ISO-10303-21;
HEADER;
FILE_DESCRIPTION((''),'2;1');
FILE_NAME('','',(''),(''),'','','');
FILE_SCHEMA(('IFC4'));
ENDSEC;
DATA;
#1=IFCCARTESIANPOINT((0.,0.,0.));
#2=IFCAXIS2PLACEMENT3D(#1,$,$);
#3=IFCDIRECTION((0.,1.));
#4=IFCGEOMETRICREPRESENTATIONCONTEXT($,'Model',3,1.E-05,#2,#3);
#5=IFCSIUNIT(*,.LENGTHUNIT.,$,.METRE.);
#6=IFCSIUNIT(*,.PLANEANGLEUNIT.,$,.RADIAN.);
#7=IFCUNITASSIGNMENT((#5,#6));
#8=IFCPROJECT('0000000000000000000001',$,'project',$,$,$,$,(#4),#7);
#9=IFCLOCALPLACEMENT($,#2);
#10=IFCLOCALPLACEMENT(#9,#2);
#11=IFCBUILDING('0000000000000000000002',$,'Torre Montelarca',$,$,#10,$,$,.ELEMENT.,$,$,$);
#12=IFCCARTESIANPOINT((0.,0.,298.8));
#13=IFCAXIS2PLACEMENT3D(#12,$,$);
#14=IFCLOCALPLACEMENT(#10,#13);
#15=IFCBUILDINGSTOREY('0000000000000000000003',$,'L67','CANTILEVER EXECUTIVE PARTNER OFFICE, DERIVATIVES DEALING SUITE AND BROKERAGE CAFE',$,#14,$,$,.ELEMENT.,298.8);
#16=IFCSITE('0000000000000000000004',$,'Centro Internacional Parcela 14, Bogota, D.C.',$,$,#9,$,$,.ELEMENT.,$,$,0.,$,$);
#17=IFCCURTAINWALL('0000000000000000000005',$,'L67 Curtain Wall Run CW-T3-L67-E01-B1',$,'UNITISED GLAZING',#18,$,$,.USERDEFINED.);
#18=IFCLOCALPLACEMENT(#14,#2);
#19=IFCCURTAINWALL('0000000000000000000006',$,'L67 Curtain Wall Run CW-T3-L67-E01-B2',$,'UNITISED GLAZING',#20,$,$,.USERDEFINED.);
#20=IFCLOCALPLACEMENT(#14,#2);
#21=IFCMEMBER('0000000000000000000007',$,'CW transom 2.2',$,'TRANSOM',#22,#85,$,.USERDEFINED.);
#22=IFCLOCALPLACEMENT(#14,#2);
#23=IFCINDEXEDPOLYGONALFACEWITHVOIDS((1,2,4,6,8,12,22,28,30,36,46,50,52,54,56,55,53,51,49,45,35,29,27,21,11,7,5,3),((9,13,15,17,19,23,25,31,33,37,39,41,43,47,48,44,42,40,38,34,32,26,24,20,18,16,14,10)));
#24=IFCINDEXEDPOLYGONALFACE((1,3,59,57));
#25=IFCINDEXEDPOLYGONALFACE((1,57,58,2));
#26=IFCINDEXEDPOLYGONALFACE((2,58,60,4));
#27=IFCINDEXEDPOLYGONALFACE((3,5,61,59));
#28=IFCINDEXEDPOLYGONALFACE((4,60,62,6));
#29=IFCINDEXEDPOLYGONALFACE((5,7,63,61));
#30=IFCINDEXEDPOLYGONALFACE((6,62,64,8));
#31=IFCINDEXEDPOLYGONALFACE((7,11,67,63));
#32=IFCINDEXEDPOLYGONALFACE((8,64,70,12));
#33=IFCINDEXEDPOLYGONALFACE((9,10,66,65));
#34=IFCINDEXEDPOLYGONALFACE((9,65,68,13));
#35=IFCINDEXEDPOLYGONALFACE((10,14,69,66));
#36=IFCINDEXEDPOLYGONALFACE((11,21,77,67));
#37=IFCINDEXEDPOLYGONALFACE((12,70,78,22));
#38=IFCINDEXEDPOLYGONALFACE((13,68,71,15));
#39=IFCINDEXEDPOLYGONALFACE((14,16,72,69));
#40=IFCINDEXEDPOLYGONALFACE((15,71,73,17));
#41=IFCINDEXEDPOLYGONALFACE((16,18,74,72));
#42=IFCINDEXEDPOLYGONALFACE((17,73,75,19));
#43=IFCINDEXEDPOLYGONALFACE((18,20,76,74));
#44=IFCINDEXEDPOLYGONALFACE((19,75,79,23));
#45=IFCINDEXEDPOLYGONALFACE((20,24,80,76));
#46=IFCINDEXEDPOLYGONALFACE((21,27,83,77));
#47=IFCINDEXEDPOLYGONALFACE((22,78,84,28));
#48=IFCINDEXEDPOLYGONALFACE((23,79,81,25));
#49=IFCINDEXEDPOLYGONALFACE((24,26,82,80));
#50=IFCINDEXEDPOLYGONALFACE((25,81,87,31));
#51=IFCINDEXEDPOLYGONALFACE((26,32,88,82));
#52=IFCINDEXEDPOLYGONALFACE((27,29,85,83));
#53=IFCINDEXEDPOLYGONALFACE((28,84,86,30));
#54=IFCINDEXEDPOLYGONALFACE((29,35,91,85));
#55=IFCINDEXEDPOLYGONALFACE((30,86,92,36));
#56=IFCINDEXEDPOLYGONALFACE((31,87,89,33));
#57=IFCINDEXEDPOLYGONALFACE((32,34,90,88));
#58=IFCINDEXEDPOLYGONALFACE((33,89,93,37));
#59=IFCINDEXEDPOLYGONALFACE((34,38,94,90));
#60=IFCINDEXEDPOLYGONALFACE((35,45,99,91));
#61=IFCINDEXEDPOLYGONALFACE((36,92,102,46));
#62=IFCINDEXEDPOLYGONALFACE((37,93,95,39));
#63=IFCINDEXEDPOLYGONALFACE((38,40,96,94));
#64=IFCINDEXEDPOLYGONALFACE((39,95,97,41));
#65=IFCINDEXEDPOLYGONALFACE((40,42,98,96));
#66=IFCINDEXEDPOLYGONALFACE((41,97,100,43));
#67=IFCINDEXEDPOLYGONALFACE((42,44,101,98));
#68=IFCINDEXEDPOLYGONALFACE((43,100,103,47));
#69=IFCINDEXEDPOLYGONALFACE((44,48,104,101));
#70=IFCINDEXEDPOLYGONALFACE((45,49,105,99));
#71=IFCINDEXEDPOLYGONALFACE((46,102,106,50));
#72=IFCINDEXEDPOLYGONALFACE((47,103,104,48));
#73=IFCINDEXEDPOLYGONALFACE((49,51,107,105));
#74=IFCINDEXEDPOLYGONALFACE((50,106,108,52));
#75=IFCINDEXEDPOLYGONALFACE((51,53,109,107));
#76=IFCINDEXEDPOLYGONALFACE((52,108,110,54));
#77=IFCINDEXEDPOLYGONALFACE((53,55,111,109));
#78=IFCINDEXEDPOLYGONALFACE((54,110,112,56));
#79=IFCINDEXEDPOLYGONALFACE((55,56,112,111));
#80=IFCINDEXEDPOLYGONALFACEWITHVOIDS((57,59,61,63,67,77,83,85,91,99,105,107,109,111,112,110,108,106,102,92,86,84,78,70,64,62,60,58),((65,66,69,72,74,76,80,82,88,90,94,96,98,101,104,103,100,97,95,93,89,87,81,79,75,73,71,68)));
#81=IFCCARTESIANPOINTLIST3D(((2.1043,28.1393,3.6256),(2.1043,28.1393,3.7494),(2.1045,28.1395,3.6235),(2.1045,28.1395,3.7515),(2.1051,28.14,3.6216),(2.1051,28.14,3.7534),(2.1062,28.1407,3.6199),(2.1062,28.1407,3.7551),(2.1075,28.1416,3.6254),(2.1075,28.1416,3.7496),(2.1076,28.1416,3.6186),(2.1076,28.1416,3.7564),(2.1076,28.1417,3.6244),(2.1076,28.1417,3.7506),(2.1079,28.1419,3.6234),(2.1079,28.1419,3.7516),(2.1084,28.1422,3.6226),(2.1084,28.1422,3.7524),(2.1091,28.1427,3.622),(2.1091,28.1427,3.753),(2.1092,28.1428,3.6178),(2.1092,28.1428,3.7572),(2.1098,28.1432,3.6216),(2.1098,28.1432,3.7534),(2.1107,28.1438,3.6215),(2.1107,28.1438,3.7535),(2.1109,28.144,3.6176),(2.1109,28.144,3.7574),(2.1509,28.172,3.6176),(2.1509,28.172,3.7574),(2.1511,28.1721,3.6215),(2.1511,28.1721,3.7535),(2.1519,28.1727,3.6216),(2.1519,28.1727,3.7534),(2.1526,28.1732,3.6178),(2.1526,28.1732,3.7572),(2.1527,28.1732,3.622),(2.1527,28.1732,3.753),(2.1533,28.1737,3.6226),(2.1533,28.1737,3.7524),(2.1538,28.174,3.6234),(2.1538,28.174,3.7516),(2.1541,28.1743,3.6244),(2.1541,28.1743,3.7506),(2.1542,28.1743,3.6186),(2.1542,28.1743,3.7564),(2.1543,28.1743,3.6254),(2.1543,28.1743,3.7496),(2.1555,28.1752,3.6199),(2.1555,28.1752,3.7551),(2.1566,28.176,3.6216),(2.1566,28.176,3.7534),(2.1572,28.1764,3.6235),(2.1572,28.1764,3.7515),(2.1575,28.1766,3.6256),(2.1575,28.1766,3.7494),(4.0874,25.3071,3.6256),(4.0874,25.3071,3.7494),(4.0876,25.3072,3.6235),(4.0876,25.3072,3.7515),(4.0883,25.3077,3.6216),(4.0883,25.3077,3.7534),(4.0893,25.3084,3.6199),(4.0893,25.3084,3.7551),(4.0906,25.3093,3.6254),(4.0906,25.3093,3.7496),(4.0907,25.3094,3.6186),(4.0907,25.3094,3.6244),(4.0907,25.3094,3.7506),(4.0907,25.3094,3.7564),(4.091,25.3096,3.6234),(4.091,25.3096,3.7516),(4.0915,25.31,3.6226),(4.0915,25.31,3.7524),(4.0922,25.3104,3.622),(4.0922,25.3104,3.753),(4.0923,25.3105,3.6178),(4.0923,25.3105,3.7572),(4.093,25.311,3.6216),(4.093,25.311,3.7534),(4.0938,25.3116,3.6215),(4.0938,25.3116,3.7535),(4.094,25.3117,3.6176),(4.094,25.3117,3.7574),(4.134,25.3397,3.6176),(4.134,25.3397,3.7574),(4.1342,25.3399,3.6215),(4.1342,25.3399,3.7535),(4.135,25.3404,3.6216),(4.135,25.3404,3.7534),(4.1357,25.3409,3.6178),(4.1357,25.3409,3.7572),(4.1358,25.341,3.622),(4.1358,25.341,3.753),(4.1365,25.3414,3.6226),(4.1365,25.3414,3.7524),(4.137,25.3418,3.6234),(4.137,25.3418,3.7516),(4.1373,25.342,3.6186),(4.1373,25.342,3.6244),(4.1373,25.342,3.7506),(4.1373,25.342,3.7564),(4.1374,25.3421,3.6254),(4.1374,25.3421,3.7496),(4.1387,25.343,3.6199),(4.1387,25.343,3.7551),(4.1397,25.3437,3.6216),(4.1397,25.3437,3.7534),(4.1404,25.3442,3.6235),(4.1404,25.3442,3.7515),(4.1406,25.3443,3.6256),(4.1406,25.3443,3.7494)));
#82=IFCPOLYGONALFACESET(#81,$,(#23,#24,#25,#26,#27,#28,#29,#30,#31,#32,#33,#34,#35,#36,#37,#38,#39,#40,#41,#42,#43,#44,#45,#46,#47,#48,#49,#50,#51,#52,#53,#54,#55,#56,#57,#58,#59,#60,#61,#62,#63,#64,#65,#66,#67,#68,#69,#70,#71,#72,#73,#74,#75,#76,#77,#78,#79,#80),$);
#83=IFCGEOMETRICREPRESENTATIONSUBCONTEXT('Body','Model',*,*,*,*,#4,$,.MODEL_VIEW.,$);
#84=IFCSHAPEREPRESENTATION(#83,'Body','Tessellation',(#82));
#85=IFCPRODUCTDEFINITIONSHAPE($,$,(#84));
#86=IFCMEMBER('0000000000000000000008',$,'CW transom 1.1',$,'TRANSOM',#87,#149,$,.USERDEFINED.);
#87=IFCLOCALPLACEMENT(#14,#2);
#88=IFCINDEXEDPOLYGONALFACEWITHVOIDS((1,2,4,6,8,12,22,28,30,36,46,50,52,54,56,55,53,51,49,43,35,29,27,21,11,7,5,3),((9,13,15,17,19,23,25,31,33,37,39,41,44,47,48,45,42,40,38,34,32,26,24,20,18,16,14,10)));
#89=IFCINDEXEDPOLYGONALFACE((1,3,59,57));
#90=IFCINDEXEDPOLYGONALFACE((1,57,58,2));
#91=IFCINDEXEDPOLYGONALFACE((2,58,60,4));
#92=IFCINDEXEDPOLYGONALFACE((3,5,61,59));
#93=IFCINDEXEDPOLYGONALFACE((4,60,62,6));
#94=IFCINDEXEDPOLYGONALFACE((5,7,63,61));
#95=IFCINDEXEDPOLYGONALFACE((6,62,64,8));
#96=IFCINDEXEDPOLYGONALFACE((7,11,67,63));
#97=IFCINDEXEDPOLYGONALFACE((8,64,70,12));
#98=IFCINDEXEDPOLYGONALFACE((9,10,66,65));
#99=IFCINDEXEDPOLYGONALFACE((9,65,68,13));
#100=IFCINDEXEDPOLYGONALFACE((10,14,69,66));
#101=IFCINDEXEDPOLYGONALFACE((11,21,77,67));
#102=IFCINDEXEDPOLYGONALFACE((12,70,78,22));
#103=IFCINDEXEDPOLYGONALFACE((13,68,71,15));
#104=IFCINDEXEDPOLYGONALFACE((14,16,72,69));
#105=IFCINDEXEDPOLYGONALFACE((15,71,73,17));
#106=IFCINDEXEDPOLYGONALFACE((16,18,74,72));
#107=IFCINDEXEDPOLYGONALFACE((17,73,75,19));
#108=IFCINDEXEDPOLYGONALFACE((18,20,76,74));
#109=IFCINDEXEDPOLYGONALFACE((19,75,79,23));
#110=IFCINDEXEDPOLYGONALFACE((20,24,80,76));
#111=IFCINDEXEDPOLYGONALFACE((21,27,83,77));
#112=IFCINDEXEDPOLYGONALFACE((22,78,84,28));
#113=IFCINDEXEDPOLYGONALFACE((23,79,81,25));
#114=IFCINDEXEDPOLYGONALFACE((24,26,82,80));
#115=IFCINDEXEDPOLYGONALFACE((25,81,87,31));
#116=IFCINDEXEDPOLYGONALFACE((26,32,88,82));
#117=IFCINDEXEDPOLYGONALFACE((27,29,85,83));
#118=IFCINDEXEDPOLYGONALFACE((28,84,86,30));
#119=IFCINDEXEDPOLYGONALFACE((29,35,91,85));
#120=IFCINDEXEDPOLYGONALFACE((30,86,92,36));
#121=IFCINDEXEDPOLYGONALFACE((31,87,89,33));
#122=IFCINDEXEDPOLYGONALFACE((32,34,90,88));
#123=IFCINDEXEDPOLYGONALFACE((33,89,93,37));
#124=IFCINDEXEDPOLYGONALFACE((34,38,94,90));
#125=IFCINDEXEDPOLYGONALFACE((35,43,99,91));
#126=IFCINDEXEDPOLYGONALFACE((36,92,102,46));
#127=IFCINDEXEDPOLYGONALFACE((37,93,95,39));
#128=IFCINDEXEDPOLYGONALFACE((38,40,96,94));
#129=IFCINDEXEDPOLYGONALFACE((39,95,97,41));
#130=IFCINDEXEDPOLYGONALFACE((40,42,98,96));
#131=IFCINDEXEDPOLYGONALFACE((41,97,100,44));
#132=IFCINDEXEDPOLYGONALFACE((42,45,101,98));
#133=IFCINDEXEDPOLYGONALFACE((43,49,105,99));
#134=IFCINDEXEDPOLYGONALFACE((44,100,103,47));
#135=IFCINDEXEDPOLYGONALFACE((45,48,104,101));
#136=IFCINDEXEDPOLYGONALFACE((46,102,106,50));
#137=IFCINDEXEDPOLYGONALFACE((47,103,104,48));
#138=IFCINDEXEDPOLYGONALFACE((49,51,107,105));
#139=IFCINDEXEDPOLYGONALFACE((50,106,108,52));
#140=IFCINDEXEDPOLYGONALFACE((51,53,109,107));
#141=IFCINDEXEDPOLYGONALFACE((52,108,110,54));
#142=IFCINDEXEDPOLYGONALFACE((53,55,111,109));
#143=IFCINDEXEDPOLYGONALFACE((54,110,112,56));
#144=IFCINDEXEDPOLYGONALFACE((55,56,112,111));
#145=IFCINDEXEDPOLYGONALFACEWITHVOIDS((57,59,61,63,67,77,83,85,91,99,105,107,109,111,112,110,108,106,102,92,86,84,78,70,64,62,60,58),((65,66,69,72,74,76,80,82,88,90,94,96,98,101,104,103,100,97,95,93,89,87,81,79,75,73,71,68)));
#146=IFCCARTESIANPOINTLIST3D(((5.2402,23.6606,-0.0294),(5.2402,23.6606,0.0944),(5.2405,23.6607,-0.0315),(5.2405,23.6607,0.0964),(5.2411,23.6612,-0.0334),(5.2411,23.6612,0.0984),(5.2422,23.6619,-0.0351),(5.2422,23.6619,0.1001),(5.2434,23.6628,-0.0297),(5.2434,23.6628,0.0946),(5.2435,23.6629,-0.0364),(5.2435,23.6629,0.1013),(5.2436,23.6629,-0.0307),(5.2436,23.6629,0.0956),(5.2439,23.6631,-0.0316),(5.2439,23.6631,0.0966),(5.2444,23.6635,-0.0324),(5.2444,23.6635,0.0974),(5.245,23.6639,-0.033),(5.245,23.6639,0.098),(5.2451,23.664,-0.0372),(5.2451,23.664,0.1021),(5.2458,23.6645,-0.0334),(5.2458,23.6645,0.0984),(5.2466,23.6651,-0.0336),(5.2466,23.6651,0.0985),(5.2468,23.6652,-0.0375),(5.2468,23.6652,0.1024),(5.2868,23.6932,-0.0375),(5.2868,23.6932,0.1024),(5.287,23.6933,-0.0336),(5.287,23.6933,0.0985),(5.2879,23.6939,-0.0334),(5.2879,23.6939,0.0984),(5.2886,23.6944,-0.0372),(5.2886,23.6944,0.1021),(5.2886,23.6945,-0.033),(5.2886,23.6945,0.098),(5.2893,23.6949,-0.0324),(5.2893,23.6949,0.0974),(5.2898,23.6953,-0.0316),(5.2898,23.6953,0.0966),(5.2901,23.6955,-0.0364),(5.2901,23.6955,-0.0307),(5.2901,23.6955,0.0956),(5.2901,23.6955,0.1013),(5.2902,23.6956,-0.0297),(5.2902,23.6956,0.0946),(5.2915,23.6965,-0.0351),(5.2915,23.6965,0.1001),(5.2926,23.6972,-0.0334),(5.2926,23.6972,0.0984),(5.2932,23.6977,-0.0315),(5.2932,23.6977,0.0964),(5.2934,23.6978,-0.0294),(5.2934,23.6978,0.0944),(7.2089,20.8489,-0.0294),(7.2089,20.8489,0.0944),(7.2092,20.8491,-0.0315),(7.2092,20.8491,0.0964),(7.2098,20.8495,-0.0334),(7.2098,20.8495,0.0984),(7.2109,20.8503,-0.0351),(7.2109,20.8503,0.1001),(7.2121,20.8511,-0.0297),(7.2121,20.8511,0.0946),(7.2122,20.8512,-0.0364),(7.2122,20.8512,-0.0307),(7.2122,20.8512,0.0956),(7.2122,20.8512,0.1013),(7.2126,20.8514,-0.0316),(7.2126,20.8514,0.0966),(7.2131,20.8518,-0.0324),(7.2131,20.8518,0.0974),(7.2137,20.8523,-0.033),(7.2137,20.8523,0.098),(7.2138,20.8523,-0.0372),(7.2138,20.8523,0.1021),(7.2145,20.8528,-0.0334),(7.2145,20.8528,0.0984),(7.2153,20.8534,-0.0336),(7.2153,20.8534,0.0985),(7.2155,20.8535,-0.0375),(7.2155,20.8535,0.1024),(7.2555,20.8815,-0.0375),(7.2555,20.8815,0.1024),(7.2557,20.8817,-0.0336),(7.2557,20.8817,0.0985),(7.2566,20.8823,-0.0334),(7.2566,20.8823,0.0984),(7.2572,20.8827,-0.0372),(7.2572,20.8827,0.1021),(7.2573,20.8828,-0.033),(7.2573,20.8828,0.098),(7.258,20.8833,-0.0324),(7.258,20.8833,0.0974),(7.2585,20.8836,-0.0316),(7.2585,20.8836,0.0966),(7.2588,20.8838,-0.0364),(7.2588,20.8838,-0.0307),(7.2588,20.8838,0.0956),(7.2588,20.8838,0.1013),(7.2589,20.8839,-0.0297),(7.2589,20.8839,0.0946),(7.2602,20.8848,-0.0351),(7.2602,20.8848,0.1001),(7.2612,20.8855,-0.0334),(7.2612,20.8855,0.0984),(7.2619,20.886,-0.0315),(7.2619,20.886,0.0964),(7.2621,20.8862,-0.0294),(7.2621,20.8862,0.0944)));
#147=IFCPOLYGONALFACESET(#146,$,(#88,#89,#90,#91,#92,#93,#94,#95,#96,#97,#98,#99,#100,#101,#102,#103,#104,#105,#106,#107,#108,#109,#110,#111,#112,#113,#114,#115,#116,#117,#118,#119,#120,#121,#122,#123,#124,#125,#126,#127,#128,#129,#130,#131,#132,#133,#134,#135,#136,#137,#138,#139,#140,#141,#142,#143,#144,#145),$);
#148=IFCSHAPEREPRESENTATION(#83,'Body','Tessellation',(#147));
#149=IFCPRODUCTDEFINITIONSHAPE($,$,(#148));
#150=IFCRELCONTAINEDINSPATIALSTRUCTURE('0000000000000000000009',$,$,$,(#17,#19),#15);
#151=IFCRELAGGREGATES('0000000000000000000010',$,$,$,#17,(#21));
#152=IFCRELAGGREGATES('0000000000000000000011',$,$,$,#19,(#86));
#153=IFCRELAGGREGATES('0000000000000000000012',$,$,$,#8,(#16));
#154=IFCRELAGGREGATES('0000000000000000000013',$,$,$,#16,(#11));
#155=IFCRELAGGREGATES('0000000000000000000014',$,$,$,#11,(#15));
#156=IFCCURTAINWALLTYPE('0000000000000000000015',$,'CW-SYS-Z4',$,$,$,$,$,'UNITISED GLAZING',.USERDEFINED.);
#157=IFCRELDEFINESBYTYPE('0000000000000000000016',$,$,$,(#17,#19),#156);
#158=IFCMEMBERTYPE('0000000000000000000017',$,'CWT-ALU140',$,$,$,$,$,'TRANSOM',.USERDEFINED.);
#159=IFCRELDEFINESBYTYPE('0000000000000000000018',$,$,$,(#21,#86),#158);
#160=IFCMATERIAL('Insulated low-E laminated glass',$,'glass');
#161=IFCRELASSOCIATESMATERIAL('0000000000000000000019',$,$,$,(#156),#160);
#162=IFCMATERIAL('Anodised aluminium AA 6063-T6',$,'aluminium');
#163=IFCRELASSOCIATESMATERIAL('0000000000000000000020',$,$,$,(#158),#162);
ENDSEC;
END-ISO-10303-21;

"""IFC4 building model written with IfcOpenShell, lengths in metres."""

from ifc_helpers import new_model, si_unit, direction, frame, origin, origin_2d, place, context, subcontext, project, spatial, hollow_rectangle, extrude, source, transform, mapped, material, material_profile, profile_set, type_object, element, aggregate, save


model = new_model("IFC4")

# Units and contexts
model_context = context("Model", 3, precision=1e-05, world=origin(), true_north=direction((0.0, 1.0)))
body_context = subcontext(model_context, "Body", "Model", "MODEL_VIEW")
ifc_project = project(units=[si_unit("LENGTHUNIT", "METRE"), si_unit("PLANEANGLEUNIT", "RADIAN")], contexts=[model_context])

# Site, building, storey
site_placement = place(None, origin())
site = spatial("IfcSite", under=ifc_project, at=site_placement, Name="Centro Internacional Parcela 14, Bogota, D.C.", CompositionType="ELEMENT", RefElevation=0.0)
building_placement = place(site_placement, origin())
building = spatial("IfcBuilding", under=site, at=building_placement, Name="Torre Montelarca", CompositionType="ELEMENT")
storey_placement = place(building_placement, frame((0.0, 0.0, 298.8)))
storey = spatial("IfcBuildingStorey", under=building, at=storey_placement, Name="L67", Description="CANTILEVER EXECUTIVE PARTNER OFFICE, DERIVATIVES DEALING SUITE AND BROKERAGE CAFE", CompositionType="ELEMENT", Elevation=298.8)

# Curtain wall
ifc_material_1 = material(Name="Insulated low-E laminated glass", Category="glass")
curtain_wall_type = type_object("IfcCurtainWallType", Name="CW-SYS-Z4", ElementType="UNITISED GLAZING", PredefinedType="USERDEFINED", material=ifc_material_1)
curtain_wall_1_placement = place(storey_placement, origin())
curtain_wall_1 = element("IfcCurtainWall", 1, at=curtain_wall_1_placement, inside=storey, type_object=curtain_wall_type, Name="L67 Curtain Wall Run CW-T3-L67-E01-B1", ObjectType="UNITISED GLAZING", PredefinedType="USERDEFINED")
ifc_material_2 = material(Name="Anodised aluminium AA 6063-T6", Category="aluminium")

# Curtain wall
curtain_wall_2_placement = place(storey_placement, origin())
curtain_wall_2 = element("IfcCurtainWall", 2, at=curtain_wall_2_placement, inside=storey, type_object=curtain_wall_type, Name="L67 Curtain Wall Run CW-T3-L67-E01-B2", ObjectType="UNITISED GLAZING", PredefinedType="USERDEFINED")

# Members
ifc_material_profile_1 = material_profile(ifc_material_2, hollow_rectangle(XDim=0.0649, YDim=0.1399, WallThickness=0.0039, InnerFilletRadius=0.0039, OuterFilletRadius=0.0081, at=origin_2d()), Name="ALU65X140X4", Category="aluminium")
ifc_profile_set_1 = profile_set([ifc_material_profile_1], Name="Anodised aluminium AA 6063-T6")
member_type_1 = type_object("IfcMemberType", Name="CWT-ALU140", ElementType="TRANSOM", PredefinedType="USERDEFINED", material=ifc_profile_set_1)
shared_shape_1 = source(origin(), body_context, "Body", "SweptSolid", [
    extrude(hollow_rectangle(XDim=0.0649, YDim=0.1399, WallThickness=0.0039, InnerFilletRadius=0.0039, OuterFilletRadius=0.0081, at=origin_2d()), origin(), (0.0, 0.0, 1.0), 3.4575),
])
member_1_placement = place(storey_placement, frame((2.1309, 28.158, 3.6875), z_axis=(0.573571, -0.819156, 0.0), x_axis=(0.819156, 0.573571, 0.0)))
member_1 = element("IfcMember", 3, at=member_1_placement, type_object=member_type_1, Name="CW transom 2.2", ObjectType="TRANSOM", PredefinedType="USERDEFINED", context=body_context, shape_type="MappedRepresentation", body=[
    mapped(shared_shape_1, transform((0.0, 0.0, 0.0), scale=1.0)),
])
shared_shape_2 = source(origin(), body_context, "Body", "SweptSolid", [
    extrude(hollow_rectangle(XDim=0.0649, YDim=0.1399, WallThickness=0.0039, InnerFilletRadius=0.0039, OuterFilletRadius=0.0081, at=origin_2d()), origin(), (0.0, 0.0, 1.0), 3.4324),
])
member_2_placement = place(storey_placement, frame((5.2668, 23.6792, 0.0325), z_axis=(0.573563, -0.819162, 0.0), x_axis=(0.819162, 0.573563, 0.0)))
member_2 = element("IfcMember", 4, at=member_2_placement, type_object=member_type_1, Name="CW transom 1.1", ObjectType="TRANSOM", PredefinedType="USERDEFINED", context=body_context, shape_type="MappedRepresentation", body=[
    mapped(shared_shape_2, transform((0.0, 0.0, 0.0), scale=1.0)),
])

aggregate(curtain_wall_1, [member_1])
aggregate(curtain_wall_2, [member_2])

save(model, "model.ifc")
